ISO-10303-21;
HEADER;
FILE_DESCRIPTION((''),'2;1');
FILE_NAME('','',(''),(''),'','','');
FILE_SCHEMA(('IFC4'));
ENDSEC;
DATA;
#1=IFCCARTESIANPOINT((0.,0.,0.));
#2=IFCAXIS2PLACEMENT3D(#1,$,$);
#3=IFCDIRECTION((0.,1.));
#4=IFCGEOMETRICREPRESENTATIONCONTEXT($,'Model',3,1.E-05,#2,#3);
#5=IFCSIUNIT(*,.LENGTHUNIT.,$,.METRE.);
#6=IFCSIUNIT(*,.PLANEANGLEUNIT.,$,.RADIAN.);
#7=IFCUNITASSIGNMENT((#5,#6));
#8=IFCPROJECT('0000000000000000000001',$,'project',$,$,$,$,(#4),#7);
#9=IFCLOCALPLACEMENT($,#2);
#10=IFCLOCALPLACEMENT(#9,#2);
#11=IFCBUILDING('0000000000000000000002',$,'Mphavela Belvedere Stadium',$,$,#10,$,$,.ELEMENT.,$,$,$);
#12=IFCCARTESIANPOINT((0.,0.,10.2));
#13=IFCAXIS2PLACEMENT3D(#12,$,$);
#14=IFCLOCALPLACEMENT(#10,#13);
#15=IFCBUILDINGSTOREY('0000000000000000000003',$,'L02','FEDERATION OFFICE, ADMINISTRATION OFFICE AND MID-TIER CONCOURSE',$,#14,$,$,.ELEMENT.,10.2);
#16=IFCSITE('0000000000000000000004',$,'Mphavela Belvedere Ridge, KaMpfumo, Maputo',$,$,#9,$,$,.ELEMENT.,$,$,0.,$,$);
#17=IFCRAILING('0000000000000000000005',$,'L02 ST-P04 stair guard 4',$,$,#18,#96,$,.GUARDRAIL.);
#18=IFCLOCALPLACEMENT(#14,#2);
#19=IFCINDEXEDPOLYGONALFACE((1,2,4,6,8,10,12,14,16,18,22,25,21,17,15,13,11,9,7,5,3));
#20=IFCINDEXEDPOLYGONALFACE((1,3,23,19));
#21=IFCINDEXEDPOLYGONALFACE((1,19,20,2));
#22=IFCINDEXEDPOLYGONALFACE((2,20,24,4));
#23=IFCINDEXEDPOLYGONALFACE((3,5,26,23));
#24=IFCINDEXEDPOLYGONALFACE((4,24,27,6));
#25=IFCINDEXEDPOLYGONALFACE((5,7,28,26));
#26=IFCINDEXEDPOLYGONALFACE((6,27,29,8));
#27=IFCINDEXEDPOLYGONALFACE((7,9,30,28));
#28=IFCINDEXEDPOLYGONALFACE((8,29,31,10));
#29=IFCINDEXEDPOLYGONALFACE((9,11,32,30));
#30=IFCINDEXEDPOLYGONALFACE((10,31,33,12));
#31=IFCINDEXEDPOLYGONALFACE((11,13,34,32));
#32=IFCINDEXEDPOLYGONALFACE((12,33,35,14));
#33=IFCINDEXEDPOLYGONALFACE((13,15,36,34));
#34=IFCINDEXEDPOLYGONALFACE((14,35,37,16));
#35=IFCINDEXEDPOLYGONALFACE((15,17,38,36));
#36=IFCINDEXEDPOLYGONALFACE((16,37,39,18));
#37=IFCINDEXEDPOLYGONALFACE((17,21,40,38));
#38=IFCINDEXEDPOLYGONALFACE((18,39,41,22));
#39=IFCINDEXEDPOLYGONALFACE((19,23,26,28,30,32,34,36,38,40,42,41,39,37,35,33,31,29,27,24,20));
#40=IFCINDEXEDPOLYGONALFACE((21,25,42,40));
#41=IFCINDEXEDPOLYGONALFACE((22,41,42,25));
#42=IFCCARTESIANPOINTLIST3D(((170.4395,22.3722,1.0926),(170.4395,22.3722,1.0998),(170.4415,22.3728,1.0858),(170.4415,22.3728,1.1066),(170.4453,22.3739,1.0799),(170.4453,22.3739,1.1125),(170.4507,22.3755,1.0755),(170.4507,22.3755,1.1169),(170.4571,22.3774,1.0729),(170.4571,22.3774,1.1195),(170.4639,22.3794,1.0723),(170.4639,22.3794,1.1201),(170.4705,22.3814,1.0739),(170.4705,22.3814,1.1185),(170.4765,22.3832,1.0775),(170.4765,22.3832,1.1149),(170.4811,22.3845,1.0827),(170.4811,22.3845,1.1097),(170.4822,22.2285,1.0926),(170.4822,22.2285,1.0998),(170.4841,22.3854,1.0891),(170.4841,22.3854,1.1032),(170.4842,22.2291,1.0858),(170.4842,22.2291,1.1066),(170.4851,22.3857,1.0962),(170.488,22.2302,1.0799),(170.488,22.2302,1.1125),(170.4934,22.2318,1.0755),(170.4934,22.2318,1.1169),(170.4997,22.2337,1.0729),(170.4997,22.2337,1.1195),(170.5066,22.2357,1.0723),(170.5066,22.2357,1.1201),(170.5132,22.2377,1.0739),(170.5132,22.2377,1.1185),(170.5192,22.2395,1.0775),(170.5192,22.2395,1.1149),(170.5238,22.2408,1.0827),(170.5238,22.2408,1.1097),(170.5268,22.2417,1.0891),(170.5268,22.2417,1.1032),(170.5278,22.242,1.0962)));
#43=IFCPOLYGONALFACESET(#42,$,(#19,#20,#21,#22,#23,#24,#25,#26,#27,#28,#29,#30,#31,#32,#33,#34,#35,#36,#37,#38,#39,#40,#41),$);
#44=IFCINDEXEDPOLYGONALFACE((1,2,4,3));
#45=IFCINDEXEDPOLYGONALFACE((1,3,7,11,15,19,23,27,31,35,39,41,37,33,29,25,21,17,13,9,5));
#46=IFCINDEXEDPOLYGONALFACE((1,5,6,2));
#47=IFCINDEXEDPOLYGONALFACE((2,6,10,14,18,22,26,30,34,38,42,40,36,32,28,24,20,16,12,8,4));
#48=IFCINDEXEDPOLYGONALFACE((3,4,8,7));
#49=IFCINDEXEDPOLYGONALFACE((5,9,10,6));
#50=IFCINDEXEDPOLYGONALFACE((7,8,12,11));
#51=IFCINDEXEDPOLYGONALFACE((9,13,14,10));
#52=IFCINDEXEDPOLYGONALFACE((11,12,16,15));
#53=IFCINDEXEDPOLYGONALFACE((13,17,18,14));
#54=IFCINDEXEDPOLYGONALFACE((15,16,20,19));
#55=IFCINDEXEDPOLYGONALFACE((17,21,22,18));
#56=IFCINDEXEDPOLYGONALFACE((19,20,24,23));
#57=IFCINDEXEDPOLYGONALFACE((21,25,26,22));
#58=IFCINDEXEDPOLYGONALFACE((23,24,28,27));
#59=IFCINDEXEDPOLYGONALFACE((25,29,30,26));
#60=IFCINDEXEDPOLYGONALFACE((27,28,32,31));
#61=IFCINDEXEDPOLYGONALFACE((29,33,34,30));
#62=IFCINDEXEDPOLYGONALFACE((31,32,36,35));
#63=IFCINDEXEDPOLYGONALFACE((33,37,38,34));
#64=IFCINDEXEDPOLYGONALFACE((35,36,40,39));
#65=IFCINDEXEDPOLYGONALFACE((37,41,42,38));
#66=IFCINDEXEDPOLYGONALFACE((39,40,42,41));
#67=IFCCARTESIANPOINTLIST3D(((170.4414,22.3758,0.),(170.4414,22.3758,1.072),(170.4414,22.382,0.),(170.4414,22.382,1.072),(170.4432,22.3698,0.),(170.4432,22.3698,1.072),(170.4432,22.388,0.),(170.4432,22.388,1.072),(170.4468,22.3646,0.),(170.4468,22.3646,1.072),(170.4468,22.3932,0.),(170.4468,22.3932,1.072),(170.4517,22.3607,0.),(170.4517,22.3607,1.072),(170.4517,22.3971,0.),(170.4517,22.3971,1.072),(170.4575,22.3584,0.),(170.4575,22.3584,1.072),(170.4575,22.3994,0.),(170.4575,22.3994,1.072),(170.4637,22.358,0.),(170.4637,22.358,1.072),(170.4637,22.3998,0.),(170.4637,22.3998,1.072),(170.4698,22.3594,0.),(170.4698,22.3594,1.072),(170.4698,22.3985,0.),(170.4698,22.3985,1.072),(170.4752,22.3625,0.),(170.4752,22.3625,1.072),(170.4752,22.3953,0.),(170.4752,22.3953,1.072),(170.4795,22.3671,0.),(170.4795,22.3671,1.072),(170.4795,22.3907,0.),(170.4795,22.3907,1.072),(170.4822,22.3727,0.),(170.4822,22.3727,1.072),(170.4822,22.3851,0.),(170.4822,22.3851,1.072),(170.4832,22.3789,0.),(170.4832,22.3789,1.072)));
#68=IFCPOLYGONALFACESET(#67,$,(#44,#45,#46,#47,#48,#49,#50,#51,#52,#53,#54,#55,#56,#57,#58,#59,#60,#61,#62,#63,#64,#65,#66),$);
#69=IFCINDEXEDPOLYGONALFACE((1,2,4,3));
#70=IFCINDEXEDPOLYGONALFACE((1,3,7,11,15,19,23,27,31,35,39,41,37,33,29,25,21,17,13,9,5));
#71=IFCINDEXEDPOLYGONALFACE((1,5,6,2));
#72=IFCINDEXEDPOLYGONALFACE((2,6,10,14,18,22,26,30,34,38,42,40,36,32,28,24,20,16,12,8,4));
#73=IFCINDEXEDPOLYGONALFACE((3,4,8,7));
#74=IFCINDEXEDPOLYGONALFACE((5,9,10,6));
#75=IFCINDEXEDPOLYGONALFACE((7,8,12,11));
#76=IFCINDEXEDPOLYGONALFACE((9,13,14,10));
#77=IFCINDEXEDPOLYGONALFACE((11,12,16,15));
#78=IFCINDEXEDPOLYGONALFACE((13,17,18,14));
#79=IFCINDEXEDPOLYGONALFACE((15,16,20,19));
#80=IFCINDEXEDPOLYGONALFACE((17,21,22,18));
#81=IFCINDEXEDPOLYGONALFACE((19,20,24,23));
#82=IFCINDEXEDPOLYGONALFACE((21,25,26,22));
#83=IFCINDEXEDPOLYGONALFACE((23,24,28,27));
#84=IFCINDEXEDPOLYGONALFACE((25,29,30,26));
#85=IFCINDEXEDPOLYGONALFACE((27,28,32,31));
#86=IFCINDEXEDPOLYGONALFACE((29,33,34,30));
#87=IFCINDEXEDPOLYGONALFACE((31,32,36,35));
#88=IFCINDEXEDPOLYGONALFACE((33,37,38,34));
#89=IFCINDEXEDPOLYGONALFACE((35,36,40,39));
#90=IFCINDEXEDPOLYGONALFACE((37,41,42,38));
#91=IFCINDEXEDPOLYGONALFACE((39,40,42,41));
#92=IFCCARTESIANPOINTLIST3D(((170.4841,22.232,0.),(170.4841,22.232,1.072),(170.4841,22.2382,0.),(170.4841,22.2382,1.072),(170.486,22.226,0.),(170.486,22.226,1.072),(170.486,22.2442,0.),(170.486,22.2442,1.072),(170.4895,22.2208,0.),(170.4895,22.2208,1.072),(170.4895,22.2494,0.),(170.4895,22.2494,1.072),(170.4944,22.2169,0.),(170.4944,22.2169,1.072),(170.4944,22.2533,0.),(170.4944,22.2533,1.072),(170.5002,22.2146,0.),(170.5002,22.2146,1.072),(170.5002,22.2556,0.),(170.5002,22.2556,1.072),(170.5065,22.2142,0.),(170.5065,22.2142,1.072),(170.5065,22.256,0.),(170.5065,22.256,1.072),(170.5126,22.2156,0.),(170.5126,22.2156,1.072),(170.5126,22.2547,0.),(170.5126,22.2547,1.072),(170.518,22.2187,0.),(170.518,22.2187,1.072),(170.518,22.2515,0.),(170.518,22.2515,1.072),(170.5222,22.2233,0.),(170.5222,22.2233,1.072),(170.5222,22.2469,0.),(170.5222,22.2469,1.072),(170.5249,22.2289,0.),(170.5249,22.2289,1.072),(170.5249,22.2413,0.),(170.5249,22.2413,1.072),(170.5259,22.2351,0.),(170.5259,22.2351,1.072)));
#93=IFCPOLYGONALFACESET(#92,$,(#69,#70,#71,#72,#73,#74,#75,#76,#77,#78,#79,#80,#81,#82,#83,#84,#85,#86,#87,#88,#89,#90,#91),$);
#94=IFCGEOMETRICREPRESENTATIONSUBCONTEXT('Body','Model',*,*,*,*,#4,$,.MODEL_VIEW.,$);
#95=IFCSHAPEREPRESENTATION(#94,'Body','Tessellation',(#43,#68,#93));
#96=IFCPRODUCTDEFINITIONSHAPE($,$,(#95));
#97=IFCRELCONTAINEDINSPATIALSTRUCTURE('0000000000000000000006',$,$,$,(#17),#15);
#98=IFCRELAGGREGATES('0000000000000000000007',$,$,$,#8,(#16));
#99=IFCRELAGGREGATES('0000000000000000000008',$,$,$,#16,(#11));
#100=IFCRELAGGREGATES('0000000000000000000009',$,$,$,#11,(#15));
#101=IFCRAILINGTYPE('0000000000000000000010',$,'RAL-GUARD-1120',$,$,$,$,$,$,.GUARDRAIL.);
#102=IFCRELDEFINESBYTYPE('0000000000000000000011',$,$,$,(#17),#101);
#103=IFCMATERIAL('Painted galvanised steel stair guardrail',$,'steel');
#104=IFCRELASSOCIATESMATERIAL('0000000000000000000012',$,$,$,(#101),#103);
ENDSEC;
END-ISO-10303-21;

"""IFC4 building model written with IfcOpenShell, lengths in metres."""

from ifc_helpers import new_model, si_unit, direction, frame, origin, origin_2d, place, context, subcontext, project, spatial, circle, extrude, material, type_object, element, save


model = new_model("IFC4")

# Units and contexts
model_context = context("Model", 3, precision=1e-05, world=origin(), true_north=direction((0.0, 1.0)))
body_context = subcontext(model_context, "Body", "Model", "MODEL_VIEW")
ifc_project = project(units=[si_unit("LENGTHUNIT", "METRE"), si_unit("PLANEANGLEUNIT", "RADIAN")], contexts=[model_context])

# Site, building, storey
site_placement = place(None, origin())
site = spatial("IfcSite", under=ifc_project, at=site_placement, Name="Mphavela Belvedere Ridge, KaMpfumo, Maputo", CompositionType="ELEMENT", RefElevation=0.0)
building_placement = place(site_placement, origin())
building = spatial("IfcBuilding", under=site, at=building_placement, Name="Mphavela Belvedere Stadium", CompositionType="ELEMENT")
storey_placement = place(building_placement, frame((0.0, 0.0, 10.2)))
storey = spatial("IfcBuildingStorey", under=building, at=storey_placement, Name="L02", Description="FEDERATION OFFICE, ADMINISTRATION OFFICE AND MID-TIER CONCOURSE", CompositionType="ELEMENT", Elevation=10.2)

# Railing
ifc_material_1 = material(Name="Painted galvanised steel stair guardrail", Category="steel")
railing_type_1 = type_object("IfcRailingType", Name="RAL-GUARD-1120", PredefinedType="GUARDRAIL", material=ifc_material_1)
railing_1_placement = place(storey_placement, frame((170.4622, 22.3789, 0.0)))
element("IfcRailing", 1, at=railing_1_placement, inside=storey, type_object=railing_type_1, Name="L02 ST-P04 stair guard 4", PredefinedType="GUARDRAIL", context=body_context, shape_type="SweptSolid", body=[
    extrude(circle(Radius=0.0239, at=origin_2d()), frame((0.0, 0.0, 1.0962), z_axis=(0.284809, -0.958584, 0.0), x_axis=(0.958584, 0.284809, 0.0)), (0.0, 0.0, 1.0), 0.1499),
    extrude(circle(Radius=0.021, at=origin_2d()), origin(), (0.0, 0.0, 1.0), 1.072),
    extrude(circle(Radius=0.021, at=origin_2d()), frame((0.0427, -0.1438, 0.0)), (0.0, 0.0, 1.0), 1.072),
])

save(model, "model.ifc")
